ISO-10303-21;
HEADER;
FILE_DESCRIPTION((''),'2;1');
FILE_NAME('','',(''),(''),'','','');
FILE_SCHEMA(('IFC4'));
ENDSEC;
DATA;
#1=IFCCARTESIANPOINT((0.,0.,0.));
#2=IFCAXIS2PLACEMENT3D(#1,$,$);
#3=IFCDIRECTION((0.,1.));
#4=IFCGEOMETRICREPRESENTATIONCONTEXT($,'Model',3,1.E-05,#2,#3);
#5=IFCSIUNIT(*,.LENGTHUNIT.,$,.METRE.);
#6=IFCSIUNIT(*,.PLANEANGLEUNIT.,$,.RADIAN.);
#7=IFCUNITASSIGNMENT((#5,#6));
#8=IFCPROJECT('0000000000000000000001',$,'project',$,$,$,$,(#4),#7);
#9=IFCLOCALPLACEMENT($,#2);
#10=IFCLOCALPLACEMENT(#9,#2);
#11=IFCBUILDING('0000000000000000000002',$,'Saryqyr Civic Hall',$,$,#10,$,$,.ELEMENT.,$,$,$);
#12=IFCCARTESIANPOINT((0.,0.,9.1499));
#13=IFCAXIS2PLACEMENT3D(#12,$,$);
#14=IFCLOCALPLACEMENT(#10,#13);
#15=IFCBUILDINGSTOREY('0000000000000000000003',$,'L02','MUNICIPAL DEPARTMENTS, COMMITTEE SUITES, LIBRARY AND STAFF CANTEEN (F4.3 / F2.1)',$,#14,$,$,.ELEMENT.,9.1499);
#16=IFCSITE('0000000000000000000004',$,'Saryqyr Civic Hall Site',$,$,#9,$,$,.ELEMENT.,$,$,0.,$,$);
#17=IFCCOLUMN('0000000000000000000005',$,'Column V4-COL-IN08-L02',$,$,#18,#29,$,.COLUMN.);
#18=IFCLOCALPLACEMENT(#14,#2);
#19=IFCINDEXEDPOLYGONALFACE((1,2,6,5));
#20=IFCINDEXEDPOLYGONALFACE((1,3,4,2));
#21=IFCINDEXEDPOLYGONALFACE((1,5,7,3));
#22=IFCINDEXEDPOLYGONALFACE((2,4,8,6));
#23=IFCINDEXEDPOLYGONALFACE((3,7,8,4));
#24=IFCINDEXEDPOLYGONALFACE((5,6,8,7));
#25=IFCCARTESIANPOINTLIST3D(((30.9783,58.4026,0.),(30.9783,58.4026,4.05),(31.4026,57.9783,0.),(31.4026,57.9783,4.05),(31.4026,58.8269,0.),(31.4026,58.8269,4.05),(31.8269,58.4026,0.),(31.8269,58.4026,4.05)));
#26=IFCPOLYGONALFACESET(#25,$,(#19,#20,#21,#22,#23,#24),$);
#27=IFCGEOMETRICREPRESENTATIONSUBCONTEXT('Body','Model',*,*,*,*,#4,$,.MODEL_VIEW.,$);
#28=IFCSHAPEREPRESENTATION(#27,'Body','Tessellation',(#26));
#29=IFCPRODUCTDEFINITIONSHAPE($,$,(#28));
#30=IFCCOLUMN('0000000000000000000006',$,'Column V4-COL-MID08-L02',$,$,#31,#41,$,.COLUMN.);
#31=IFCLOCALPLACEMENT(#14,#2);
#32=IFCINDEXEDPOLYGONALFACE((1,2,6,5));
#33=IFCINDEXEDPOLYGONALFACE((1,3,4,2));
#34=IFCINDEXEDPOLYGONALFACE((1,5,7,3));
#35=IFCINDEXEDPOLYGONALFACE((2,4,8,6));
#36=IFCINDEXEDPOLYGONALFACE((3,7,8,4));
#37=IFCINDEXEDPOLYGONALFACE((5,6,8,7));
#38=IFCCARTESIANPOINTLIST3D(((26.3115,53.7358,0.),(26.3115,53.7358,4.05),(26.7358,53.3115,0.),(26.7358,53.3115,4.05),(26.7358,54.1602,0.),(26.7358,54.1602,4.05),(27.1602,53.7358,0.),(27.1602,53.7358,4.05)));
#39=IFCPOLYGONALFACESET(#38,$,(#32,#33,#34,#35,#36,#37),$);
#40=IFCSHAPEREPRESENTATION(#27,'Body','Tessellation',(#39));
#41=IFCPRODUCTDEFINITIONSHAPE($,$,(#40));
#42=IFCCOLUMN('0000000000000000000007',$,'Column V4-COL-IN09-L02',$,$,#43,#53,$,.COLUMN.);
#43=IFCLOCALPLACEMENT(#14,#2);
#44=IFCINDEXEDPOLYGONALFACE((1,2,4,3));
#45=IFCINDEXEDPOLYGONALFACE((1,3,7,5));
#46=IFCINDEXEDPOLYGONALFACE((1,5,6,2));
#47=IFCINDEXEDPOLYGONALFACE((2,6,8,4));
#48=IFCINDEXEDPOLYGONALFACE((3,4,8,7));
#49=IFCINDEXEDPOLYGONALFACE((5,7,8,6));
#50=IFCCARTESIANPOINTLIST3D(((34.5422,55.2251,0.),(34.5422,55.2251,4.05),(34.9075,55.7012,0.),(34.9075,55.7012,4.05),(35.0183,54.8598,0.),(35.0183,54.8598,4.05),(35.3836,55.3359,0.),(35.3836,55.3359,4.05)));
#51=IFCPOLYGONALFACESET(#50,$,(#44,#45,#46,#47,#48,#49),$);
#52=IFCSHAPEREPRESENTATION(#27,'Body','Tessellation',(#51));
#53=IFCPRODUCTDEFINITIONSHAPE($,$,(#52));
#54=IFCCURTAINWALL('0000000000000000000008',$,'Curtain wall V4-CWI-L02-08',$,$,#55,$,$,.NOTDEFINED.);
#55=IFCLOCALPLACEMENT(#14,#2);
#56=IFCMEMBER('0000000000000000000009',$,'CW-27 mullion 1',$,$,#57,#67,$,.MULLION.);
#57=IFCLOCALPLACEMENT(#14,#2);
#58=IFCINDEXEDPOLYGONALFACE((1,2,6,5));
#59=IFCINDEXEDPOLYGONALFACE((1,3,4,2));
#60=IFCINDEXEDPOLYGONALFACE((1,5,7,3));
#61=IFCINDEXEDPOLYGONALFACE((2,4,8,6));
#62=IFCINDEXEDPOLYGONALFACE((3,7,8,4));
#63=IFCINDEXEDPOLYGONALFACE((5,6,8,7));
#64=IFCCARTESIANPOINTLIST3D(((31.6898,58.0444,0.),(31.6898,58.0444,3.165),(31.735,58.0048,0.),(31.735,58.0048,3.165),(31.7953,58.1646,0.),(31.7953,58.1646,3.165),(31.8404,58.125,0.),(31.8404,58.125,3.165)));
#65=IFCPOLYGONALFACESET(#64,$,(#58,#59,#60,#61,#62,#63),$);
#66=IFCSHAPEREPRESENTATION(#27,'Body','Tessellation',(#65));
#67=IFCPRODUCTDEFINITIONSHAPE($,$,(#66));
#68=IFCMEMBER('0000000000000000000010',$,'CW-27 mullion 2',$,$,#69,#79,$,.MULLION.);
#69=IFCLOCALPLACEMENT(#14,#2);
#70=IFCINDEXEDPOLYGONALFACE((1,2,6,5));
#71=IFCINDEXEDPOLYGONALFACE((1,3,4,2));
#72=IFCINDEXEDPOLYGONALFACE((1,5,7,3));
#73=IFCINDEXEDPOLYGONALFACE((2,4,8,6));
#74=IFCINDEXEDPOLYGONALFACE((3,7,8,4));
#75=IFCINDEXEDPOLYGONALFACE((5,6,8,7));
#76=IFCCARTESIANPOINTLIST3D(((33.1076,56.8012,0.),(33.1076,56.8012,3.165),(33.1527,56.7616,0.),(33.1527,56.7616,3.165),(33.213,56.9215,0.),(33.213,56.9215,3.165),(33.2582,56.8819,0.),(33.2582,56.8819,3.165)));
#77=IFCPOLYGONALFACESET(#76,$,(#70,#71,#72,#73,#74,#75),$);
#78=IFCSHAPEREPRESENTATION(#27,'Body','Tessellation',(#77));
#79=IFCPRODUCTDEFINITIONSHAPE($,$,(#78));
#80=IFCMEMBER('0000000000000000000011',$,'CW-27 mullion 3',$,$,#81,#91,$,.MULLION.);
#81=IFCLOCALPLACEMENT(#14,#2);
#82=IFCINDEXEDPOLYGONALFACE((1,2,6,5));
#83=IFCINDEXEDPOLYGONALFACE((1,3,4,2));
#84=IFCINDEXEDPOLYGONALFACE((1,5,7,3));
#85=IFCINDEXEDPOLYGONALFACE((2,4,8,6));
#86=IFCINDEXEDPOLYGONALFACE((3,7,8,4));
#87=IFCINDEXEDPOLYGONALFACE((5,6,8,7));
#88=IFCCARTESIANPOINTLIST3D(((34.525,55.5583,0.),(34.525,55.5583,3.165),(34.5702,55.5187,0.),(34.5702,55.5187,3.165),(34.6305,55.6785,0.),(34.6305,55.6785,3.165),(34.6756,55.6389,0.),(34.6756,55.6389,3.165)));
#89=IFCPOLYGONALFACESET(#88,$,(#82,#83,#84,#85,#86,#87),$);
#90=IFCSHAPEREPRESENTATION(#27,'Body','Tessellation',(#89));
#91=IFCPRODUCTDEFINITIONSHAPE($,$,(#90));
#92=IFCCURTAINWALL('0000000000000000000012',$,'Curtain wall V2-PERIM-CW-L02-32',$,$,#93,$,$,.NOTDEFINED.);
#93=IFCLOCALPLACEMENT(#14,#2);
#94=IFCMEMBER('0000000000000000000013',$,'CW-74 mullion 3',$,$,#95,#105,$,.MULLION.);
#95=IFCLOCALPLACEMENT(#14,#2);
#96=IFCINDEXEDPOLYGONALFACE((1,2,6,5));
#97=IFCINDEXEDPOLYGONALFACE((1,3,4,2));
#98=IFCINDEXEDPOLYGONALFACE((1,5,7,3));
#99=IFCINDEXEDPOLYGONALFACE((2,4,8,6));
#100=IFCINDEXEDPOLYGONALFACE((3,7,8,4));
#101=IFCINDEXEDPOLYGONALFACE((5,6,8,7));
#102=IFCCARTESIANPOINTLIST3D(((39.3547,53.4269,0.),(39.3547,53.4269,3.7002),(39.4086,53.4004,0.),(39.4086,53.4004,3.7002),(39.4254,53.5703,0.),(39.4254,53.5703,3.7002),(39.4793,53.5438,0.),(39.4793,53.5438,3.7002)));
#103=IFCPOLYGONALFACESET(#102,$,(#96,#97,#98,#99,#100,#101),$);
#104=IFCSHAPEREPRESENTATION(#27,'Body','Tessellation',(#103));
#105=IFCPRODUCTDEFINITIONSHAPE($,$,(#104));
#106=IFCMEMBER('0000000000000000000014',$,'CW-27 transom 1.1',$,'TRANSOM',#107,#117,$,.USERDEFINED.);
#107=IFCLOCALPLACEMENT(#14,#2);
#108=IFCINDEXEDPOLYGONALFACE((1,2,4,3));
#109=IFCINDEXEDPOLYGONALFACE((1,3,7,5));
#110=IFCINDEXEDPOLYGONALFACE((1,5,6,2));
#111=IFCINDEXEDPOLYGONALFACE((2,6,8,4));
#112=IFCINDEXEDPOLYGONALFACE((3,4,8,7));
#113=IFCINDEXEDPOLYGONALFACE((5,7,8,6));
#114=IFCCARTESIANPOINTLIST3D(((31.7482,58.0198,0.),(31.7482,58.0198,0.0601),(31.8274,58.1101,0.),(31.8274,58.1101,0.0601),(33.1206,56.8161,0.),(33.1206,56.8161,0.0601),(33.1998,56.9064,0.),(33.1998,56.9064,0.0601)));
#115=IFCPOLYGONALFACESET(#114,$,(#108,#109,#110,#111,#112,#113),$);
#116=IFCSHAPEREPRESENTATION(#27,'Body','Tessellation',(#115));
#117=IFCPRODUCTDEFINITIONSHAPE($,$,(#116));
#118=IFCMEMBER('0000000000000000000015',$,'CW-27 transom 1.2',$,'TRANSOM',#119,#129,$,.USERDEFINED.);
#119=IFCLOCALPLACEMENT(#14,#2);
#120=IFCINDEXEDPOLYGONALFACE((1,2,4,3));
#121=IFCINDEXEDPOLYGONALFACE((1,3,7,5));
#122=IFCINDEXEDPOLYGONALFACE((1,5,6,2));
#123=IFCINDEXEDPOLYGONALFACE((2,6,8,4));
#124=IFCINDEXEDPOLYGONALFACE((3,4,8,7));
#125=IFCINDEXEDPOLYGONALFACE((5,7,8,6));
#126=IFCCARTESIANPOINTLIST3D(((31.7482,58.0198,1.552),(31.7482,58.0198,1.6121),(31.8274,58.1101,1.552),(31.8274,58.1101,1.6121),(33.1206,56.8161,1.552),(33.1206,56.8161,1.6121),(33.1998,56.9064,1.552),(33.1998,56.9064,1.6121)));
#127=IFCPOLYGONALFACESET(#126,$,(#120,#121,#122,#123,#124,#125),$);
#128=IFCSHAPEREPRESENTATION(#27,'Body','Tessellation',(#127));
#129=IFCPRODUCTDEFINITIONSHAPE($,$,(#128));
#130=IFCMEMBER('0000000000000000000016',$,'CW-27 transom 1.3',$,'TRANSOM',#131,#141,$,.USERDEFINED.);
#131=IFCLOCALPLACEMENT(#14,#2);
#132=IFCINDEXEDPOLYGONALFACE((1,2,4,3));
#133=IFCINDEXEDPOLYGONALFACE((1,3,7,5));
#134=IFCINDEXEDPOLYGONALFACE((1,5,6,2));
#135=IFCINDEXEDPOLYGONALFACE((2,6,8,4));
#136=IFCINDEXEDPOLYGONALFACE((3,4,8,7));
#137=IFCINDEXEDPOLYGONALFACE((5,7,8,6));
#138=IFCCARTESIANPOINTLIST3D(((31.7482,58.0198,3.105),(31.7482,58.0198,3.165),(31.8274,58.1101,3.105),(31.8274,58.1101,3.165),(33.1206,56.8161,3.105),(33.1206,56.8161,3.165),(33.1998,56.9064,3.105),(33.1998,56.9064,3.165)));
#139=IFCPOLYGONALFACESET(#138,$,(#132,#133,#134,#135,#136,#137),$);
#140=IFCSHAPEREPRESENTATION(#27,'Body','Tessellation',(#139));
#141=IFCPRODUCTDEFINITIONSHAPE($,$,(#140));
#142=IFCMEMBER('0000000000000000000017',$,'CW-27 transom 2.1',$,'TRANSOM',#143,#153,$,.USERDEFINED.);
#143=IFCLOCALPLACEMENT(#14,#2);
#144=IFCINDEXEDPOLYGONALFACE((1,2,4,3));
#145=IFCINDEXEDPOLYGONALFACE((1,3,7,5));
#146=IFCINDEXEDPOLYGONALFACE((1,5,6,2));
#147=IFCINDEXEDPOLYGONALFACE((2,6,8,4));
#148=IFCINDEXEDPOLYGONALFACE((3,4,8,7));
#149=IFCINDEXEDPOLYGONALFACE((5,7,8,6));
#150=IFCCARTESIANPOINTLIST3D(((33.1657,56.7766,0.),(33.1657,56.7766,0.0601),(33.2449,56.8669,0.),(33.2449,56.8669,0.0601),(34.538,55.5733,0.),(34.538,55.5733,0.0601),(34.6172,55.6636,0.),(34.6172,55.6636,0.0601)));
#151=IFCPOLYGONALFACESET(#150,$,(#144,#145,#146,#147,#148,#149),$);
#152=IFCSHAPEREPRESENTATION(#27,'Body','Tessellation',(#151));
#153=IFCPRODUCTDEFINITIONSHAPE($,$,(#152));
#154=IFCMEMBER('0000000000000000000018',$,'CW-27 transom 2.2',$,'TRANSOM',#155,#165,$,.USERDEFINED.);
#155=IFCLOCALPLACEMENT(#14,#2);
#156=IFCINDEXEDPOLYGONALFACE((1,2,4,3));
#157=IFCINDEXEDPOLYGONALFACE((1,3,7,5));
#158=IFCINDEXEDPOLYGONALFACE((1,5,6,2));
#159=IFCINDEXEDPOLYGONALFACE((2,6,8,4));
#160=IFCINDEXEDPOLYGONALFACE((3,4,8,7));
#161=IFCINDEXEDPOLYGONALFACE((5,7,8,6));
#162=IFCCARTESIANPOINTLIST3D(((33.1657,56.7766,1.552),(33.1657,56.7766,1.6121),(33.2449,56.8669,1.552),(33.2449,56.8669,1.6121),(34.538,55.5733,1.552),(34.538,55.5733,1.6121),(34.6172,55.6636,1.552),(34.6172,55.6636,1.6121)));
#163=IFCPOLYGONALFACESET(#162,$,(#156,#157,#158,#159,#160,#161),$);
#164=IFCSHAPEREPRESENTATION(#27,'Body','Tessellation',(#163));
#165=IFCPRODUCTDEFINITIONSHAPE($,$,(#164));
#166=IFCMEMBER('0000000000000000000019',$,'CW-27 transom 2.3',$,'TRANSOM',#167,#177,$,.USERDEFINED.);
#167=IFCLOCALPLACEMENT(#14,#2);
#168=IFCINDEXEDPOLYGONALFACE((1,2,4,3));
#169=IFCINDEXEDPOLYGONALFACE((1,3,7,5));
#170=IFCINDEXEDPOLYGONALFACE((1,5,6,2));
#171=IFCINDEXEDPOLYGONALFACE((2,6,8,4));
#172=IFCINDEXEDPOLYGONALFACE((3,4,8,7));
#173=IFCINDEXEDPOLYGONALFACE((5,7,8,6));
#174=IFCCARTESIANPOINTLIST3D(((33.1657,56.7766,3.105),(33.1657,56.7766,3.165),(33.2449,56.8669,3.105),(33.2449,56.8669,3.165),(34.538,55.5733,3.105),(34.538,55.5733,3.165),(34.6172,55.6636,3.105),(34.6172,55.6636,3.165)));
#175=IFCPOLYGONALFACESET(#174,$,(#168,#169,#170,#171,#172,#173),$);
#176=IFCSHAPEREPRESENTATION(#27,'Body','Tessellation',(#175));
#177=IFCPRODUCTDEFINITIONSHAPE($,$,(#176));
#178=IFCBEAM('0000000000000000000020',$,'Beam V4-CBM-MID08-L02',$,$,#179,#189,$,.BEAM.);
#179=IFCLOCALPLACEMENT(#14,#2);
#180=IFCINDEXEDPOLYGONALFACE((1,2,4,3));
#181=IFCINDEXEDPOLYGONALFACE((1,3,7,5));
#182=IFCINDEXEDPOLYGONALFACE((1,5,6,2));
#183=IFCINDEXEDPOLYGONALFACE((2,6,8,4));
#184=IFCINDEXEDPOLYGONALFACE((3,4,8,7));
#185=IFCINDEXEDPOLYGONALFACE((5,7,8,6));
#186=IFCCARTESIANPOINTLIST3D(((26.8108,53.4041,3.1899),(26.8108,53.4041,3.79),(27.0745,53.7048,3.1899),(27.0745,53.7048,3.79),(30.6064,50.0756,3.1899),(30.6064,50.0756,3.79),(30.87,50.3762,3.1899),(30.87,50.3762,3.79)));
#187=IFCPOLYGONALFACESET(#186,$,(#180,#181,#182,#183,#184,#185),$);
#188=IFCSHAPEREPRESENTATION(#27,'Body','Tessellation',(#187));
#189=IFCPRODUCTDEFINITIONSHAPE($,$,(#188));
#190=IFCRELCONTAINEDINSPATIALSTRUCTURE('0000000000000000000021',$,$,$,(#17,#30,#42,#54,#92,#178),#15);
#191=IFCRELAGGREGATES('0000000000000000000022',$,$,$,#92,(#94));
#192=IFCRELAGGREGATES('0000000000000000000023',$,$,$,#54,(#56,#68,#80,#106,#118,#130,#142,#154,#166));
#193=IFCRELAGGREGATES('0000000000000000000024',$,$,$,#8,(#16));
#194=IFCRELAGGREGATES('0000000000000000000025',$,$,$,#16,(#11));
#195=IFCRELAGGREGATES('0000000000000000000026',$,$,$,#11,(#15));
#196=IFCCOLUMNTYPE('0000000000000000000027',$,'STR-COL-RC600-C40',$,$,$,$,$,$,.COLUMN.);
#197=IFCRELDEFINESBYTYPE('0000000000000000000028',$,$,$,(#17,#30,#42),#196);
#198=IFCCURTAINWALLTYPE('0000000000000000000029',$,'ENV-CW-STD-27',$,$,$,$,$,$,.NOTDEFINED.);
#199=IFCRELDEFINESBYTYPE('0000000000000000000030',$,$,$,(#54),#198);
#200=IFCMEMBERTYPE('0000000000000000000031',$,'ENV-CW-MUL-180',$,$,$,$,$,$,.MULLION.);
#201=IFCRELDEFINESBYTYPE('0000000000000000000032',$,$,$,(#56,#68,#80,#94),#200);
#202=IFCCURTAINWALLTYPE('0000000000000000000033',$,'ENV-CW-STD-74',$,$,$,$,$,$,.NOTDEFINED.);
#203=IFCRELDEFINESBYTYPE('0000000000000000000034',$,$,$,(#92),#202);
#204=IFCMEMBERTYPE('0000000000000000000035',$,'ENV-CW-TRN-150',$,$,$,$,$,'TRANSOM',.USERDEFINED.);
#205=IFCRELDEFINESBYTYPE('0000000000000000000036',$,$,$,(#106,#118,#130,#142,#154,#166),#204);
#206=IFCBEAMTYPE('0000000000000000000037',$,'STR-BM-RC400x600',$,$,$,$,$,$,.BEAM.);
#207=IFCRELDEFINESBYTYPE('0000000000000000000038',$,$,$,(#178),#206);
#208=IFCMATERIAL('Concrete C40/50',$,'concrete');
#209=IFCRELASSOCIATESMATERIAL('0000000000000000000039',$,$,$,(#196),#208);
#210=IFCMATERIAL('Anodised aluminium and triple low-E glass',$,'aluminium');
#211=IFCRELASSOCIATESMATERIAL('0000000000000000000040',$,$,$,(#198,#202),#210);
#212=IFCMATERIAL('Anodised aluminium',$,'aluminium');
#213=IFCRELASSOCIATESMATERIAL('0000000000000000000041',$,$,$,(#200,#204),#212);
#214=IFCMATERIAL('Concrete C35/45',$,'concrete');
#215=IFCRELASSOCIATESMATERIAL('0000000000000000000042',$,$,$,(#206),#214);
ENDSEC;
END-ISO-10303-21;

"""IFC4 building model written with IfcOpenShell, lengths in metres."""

from ifc_helpers import new_model, si_unit, direction, frame, origin, origin_2d, place, context, subcontext, project, spatial, rectangle, extrude, material, material_profile, profile_set, type_object, element, aggregate, save


model = new_model("IFC4")

# Units and contexts
model_context = context("Model", 3, precision=1e-05, world=origin(), true_north=direction((0.0, 1.0)))
body_context = subcontext(model_context, "Body", "Model", "MODEL_VIEW")
ifc_project = project(units=[si_unit("LENGTHUNIT", "METRE"), si_unit("PLANEANGLEUNIT", "RADIAN")], contexts=[model_context])

# Site, building, storey
site_placement = place(None, origin())
site = spatial("IfcSite", under=ifc_project, at=site_placement, Name="Saryqyr Civic Hall Site", CompositionType="ELEMENT", RefElevation=0.0)
building_placement = place(site_placement, origin())
building = spatial("IfcBuilding", under=site, at=building_placement, Name="Saryqyr Civic Hall", CompositionType="ELEMENT")
storey_placement = place(building_placement, frame((0.0, 0.0, 9.1499)))
storey = spatial("IfcBuildingStorey", under=building, at=storey_placement, Name="L02", Description="MUNICIPAL DEPARTMENTS, COMMITTEE SUITES, LIBRARY AND STAFF CANTEEN (F4.3 / F2.1)", CompositionType="ELEMENT", Elevation=9.1499)

# Columns
ifc_material_1 = material(Name="Concrete C40/50", Category="concrete")
ifc_material_profile_1 = material_profile(ifc_material_1, rectangle(XDim=0.6001, YDim=0.6001, at=origin_2d()), Name="RC 600x600")
ifc_profile_set_1 = profile_set([ifc_material_profile_1], Name="Concrete C40/50")
column_type = type_object("IfcColumnType", Name="STR-COL-RC600-C40", PredefinedType="COLUMN", material=ifc_profile_set_1)
for number, where, z_axis, x_axis, name in (
    (1, (31.4026, 58.4026, 0.0), (0.0, 0.0, 1.0), (-0.707107, -0.707107, 0.0), "Column V4-COL-IN08-L02"),
    (2, (26.7358, 53.7358, 0.0), (0.0, 0.0, 1.0), (-0.707107, -0.707107, 0.0), "Column V4-COL-MID08-L02"),
    (3, (34.9629, 55.2805, 0.0), (0.0, 0.0, 1.0), (-0.608761, -0.793353, 0.0), "Column V4-COL-IN09-L02"),
):
    element("IfcColumn", number, at=place(storey_placement, frame(where, z_axis=z_axis, x_axis=x_axis)), inside=storey, type_object=column_type, Name=name, PredefinedType="COLUMN", context=body_context, shape_type="SweptSolid", body=[
        extrude(rectangle(XDim=0.6001, YDim=0.6001, at=origin_2d()), origin(), (0.0, 0.0, 1.0), 4.05),
    ])

# Curtain wall, members
ifc_material_2 = material(Name="Anodised aluminium and triple low-E glass", Category="aluminium")
curtain_wall_type_1 = type_object("IfcCurtainWallType", Name="ENV-CW-STD-27", PredefinedType="NOTDEFINED", material=ifc_material_2)
curtain_wall_1_placement = place(storey_placement, origin())
curtain_wall_1 = element("IfcCurtainWall", 4, at=curtain_wall_1_placement, inside=storey, type_object=curtain_wall_type_1, Name="Curtain wall V4-CWI-L02-08", PredefinedType="NOTDEFINED")
ifc_material_3 = material(Name="Anodised aluminium", Category="aluminium")
ifc_material_profile_2 = material_profile(ifc_material_3, rectangle(XDim=0.0601, YDim=0.1599, at=origin_2d()), Name="ALU MULLION 60x160")
ifc_profile_set_2 = profile_set([ifc_material_profile_2], Name="Anodised aluminium")
member_type_1 = type_object("IfcMemberType", Name="ENV-CW-MUL-180", PredefinedType="MULLION", material=ifc_profile_set_2)
member_1_placement = place(storey_placement, frame((31.7651, 58.0847, 0.0), z_axis=(0.0, 0.0, 1.0), x_axis=(0.75185, -0.659334, 0.0)))
member_1 = element("IfcMember", 5, at=member_1_placement, type_object=member_type_1, Name="CW-27 mullion 1", PredefinedType="MULLION", context=body_context, shape_type="SweptSolid", body=[
    extrude(rectangle(XDim=0.0601, YDim=0.1599, at=origin_2d()), origin(), (0.0, 0.0, 1.0), 3.165),
])
member_2_placement = place(storey_placement, frame((33.1829, 56.8416, 0.0), z_axis=(0.0, 0.0, 1.0), x_axis=(0.75185, -0.659334, 0.0)))
member_2 = element("IfcMember", 6, at=member_2_placement, type_object=member_type_1, Name="CW-27 mullion 2", PredefinedType="MULLION", context=body_context, shape_type="SweptSolid", body=[
    extrude(rectangle(XDim=0.0601, YDim=0.1599, at=origin_2d()), origin(), (0.0, 0.0, 1.0), 3.165),
])
member_3_placement = place(storey_placement, frame((34.6003, 55.5986, 0.0), z_axis=(0.0, 0.0, 1.0), x_axis=(0.75185, -0.659334, 0.0)))
member_3 = element("IfcMember", 7, at=member_3_placement, type_object=member_type_1, Name="CW-27 mullion 3", PredefinedType="MULLION", context=body_context, shape_type="SweptSolid", body=[
    extrude(rectangle(XDim=0.0601, YDim=0.1599, at=origin_2d()), origin(), (0.0, 0.0, 1.0), 3.165),
])

# Curtain wall, member
curtain_wall_type_2 = type_object("IfcCurtainWallType", Name="ENV-CW-STD-74", PredefinedType="NOTDEFINED", material=ifc_material_2)
curtain_wall_2_placement = place(storey_placement, origin())
curtain_wall_2 = element("IfcCurtainWall", 8, at=curtain_wall_2_placement, inside=storey, type_object=curtain_wall_type_2, Name="Curtain wall V2-PERIM-CW-L02-32", PredefinedType="NOTDEFINED")
member_4_placement = place(storey_placement, frame((39.417, 53.4854, 0.0), z_axis=(0.0, 0.0, 1.0), x_axis=(-0.896875, 0.442284, 0.0)))
member_4 = element("IfcMember", 9, at=member_4_placement, type_object=member_type_1, Name="CW-74 mullion 3", PredefinedType="MULLION", context=body_context, shape_type="SweptSolid", body=[
    extrude(rectangle(XDim=0.0601, YDim=0.1599, at=origin_2d()), origin(), (0.0, 0.0, 1.0), 3.7002),
])
aggregate(curtain_wall_2, [member_4])

# Members
ifc_material_profile_3 = material_profile(ifc_material_3, rectangle(XDim=0.1201, YDim=0.0601, at=origin_2d()), Name="ALU TRANSOM 120x60")
ifc_profile_set_3 = profile_set([ifc_material_profile_3], Name="Anodised aluminium")
member_type_2 = type_object("IfcMemberType", Name="ENV-CW-TRN-150", ElementType="TRANSOM", PredefinedType="USERDEFINED", material=ifc_profile_set_3)
member_5_placement = place(storey_placement, frame((31.7878, 58.0649, 0.03), z_axis=(0.751806, -0.659385, 0.0), x_axis=(0.659385, 0.751806, 0.0)))
member_5 = element("IfcMember", 10, at=member_5_placement, type_object=member_type_2, Name="CW-27 transom 1.1", ObjectType="TRANSOM", PredefinedType="USERDEFINED", context=body_context, shape_type="SweptSolid", body=[
    extrude(rectangle(XDim=0.1201, YDim=0.0601, at=origin_2d()), origin(), (0.0, 0.0, 1.0), 1.8254),
])
member_6_placement = place(storey_placement, frame((31.7878, 58.0649, 1.582), z_axis=(0.751806, -0.659385, 0.0), x_axis=(0.659385, 0.751806, 0.0)))
member_6 = element("IfcMember", 11, at=member_6_placement, type_object=member_type_2, Name="CW-27 transom 1.2", ObjectType="TRANSOM", PredefinedType="USERDEFINED", context=body_context, shape_type="SweptSolid", body=[
    extrude(rectangle(XDim=0.1201, YDim=0.0601, at=origin_2d()), origin(), (0.0, 0.0, 1.0), 1.8254),
])
member_7_placement = place(storey_placement, frame((31.7878, 58.0649, 3.135), z_axis=(0.751806, -0.659385, 0.0), x_axis=(0.659385, 0.751806, 0.0)))
member_7 = element("IfcMember", 12, at=member_7_placement, type_object=member_type_2, Name="CW-27 transom 1.3", ObjectType="TRANSOM", PredefinedType="USERDEFINED", context=body_context, shape_type="SweptSolid", body=[
    extrude(rectangle(XDim=0.1201, YDim=0.0601, at=origin_2d()), origin(), (0.0, 0.0, 1.0), 1.8254),
])
member_8_placement = place(storey_placement, frame((33.2053, 56.8218, 0.03), z_axis=(0.751872, -0.659309, 0.0), x_axis=(0.659309, 0.751872, 0.0)))
member_8 = element("IfcMember", 13, at=member_8_placement, type_object=member_type_2, Name="CW-27 transom 2.1", ObjectType="TRANSOM", PredefinedType="USERDEFINED", context=body_context, shape_type="SweptSolid", body=[
    extrude(rectangle(XDim=0.1201, YDim=0.0601, at=origin_2d()), origin(), (0.0, 0.0, 1.0), 1.8252),
])
member_9_placement = place(storey_placement, frame((33.2053, 56.8218, 1.582), z_axis=(0.751872, -0.659309, 0.0), x_axis=(0.659309, 0.751872, 0.0)))
member_9 = element("IfcMember", 14, at=member_9_placement, type_object=member_type_2, Name="CW-27 transom 2.2", ObjectType="TRANSOM", PredefinedType="USERDEFINED", context=body_context, shape_type="SweptSolid", body=[
    extrude(rectangle(XDim=0.1201, YDim=0.0601, at=origin_2d()), origin(), (0.0, 0.0, 1.0), 1.8252),
])
member_10_placement = place(storey_placement, frame((33.2053, 56.8218, 3.135), z_axis=(0.751872, -0.659309, 0.0), x_axis=(0.659309, 0.751872, 0.0)))
member_10 = element("IfcMember", 15, at=member_10_placement, type_object=member_type_2, Name="CW-27 transom 2.3", ObjectType="TRANSOM", PredefinedType="USERDEFINED", context=body_context, shape_type="SweptSolid", body=[
    extrude(rectangle(XDim=0.1201, YDim=0.0601, at=origin_2d()), origin(), (0.0, 0.0, 1.0), 1.8252),
])

# Beam
ifc_material_4 = material(Name="Concrete C35/45", Category="concrete")
ifc_material_profile_4 = material_profile(ifc_material_4, rectangle(XDim=0.3999, YDim=0.6001, at=origin_2d()), Name="RC 400x600")
ifc_profile_set_4 = profile_set([ifc_material_profile_4], Name="Concrete C35/45")
beam_type_1 = type_object("IfcBeamType", Name="STR-BM-RC400x600", PredefinedType="BEAM", material=ifc_profile_set_4)
beam_1_placement = place(storey_placement, frame((26.9426, 53.5544, 3.49), z_axis=(0.751848, -0.659336, 0.0), x_axis=(0.659336, 0.751848, 0.0)))
element("IfcBeam", 16, at=beam_1_placement, inside=storey, type_object=beam_type_1, Name="Beam V4-CBM-MID08-L02", PredefinedType="BEAM", context=body_context, shape_type="SweptSolid", body=[
    extrude(rectangle(XDim=0.3999, YDim=0.6001, at=origin_2d()), origin(), (0.0, 0.0, 1.0), 5.0483),
])

aggregate(curtain_wall_1, [member_1, member_2, member_3, member_5, member_6, member_7, member_8, member_9, member_10])

save(model, "model.ifc")
